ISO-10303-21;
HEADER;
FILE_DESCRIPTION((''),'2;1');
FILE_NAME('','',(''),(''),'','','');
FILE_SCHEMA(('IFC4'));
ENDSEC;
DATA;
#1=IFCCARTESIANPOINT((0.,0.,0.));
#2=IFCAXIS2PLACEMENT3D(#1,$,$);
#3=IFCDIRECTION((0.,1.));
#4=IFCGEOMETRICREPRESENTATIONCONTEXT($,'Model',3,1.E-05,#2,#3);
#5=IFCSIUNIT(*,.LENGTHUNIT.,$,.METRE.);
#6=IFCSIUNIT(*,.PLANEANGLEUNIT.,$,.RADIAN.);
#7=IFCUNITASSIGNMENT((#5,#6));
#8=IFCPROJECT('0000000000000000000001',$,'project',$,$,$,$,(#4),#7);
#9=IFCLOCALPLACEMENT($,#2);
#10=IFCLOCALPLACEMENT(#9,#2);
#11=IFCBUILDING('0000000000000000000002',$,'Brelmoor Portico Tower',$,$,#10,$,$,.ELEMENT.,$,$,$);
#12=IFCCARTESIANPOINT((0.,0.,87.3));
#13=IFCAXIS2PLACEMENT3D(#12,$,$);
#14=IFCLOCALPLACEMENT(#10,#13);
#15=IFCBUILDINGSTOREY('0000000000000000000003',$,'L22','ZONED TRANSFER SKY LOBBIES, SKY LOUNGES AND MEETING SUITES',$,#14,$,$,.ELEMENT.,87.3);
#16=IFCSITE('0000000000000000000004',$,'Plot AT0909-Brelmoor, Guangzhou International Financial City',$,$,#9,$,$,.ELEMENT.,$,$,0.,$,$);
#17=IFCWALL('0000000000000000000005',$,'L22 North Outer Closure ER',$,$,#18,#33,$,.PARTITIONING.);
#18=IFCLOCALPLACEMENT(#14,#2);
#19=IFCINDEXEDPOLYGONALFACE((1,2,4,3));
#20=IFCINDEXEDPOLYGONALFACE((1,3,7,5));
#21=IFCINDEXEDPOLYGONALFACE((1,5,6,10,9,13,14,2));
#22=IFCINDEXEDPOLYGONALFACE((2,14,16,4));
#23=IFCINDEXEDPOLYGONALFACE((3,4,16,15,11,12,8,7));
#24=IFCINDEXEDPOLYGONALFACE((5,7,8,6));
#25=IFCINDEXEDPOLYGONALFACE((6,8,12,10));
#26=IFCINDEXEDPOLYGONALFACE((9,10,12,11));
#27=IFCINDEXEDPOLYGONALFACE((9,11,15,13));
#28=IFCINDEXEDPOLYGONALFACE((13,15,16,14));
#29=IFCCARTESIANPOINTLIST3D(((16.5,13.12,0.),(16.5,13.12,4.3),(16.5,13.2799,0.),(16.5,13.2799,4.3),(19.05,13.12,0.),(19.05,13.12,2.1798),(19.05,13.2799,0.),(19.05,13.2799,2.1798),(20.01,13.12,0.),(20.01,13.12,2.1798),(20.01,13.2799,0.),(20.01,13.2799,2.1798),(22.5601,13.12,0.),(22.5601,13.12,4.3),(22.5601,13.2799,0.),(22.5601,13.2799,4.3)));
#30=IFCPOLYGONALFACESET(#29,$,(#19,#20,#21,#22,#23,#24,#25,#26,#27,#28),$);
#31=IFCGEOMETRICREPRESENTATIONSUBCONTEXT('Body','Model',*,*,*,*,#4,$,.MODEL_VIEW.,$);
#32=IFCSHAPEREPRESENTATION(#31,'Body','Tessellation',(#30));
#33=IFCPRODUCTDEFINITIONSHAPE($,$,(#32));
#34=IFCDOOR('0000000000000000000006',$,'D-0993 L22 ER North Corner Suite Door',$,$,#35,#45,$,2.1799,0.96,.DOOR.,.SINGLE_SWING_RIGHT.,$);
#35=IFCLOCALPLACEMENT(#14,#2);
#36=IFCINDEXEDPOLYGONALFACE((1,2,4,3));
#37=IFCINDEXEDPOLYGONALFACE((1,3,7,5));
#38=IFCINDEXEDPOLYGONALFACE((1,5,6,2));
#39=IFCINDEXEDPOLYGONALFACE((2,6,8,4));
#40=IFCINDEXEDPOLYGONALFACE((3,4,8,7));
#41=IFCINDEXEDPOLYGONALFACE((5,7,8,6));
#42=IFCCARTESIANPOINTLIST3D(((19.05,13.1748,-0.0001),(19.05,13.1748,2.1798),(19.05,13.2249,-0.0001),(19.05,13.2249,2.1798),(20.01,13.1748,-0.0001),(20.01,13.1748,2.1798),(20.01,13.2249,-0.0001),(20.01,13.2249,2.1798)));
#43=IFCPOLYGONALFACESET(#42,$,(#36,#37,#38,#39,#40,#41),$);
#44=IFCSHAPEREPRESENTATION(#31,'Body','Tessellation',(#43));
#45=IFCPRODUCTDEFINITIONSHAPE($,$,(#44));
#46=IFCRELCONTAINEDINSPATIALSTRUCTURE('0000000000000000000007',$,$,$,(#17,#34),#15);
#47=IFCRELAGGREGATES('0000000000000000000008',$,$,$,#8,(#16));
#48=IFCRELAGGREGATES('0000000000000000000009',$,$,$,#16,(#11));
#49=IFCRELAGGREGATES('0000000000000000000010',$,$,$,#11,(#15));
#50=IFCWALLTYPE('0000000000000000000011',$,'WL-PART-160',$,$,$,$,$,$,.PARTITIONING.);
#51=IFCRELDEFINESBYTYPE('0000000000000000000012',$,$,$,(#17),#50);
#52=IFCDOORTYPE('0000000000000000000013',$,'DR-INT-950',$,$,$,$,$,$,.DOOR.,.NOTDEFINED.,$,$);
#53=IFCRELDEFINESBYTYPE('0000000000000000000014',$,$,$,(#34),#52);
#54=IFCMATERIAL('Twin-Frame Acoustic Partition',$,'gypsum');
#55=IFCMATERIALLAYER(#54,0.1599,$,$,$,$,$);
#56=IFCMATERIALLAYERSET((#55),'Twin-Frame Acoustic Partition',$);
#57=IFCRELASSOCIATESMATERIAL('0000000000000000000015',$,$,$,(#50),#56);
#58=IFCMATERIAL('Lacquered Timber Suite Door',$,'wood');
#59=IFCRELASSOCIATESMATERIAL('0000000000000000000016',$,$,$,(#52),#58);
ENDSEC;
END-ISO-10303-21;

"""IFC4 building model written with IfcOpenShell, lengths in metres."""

from ifc_helpers import new_model, si_unit, direction, frame, frame_2d, origin, place, context, subcontext, project, spatial, rectangle, extrude, material, layer, layer_set, type_object, element, fill, save


model = new_model("IFC4")

# Units and contexts
model_context = context("Model", 3, precision=1e-05, world=origin(), true_north=direction((0.0, 1.0)))
body_context = subcontext(model_context, "Body", "Model", "MODEL_VIEW")
ifc_project = project(units=[si_unit("LENGTHUNIT", "METRE"), si_unit("PLANEANGLEUNIT", "RADIAN")], contexts=[model_context])

# Site, building, storey
site_placement = place(None, origin())
site = spatial("IfcSite", under=ifc_project, at=site_placement, Name="Plot AT0909-Brelmoor, Guangzhou International Financial City", CompositionType="ELEMENT", RefElevation=0.0)
building_placement = place(site_placement, origin())
building = spatial("IfcBuilding", under=site, at=building_placement, Name="Brelmoor Portico Tower", CompositionType="ELEMENT")
storey_placement = place(building_placement, frame((0.0, 0.0, 87.3)))
storey = spatial("IfcBuildingStorey", under=building, at=storey_placement, Name="L22", Description="ZONED TRANSFER SKY LOBBIES, SKY LOUNGES AND MEETING SUITES", CompositionType="ELEMENT", Elevation=87.3)

# Wall, opening, door
ifc_material_1 = material(Name="Twin-Frame Acoustic Partition", Category="gypsum")
ifc_layer_1 = layer(ifc_material_1, 0.1599)
ifc_layer_set_1 = layer_set([ifc_layer_1], Name="Twin-Frame Acoustic Partition")
wall_type = type_object("IfcWallType", Name="WL-PART-160", PredefinedType="PARTITIONING", material=ifc_layer_set_1)
wall_placement = place(storey_placement, frame((16.5, 13.2, 0.0), z_axis=(0.0, 0.0, 1.0), x_axis=(1.0, 0.0, 0.0)))
wall = element("IfcWall", 1, at=wall_placement, inside=storey, type_object=wall_type, Name="L22 North Outer Closure ER", PredefinedType="PARTITIONING", context=body_context, shape_type="SweptSolid", body=[
    extrude(rectangle(XDim=6.0601, YDim=0.1599, at=frame_2d((3.03, 0.0))), origin(), (0.0, 0.0, 1.0), 4.3),
])
opening_placement = place(wall_placement, frame((2.55, 0.0, 0.0)))
opening = element("IfcOpeningElement", 2, at=opening_placement, cuts=wall, PredefinedType="OPENING", context=body_context, shape_type="SweptSolid", body=[
    extrude(rectangle(XDim=0.96, YDim=2.1799, at=frame_2d((0.48, 1.0898))), frame((0.0, 0.0898, 0.0), z_axis=(0.0, -1.0, 0.0), x_axis=(1.0, 0.0, 0.0)), (0.0, 0.0, 1.0), 0.1799),
])
ifc_material_2 = material(Name="Lacquered Timber Suite Door", Category="wood")
door_type = type_object("IfcDoorType", Name="DR-INT-950", OperationType="NOTDEFINED", PredefinedType="DOOR", material=ifc_material_2)
door_placement = place(opening_placement, origin())
door = element("IfcDoor", 3, at=door_placement, inside=storey, type_object=door_type, Name="D-0993 L22 ER North Corner Suite Door", OperationType="SINGLE_SWING_RIGHT", OverallHeight=2.1799, OverallWidth=0.96, PredefinedType="DOOR", context=body_context, shape_type="SweptSolid", body=[
    extrude(rectangle(XDim=0.96, YDim=2.1799, at=frame_2d((0.48, 1.0898))), frame((0.0, 0.0249, 0.0), z_axis=(0.0, -1.0, 0.0), x_axis=(1.0, 0.0, 0.0)), (0.0, 0.0, 1.0), 0.05),
])
fill(opening, door)

save(model, "model.ifc")
